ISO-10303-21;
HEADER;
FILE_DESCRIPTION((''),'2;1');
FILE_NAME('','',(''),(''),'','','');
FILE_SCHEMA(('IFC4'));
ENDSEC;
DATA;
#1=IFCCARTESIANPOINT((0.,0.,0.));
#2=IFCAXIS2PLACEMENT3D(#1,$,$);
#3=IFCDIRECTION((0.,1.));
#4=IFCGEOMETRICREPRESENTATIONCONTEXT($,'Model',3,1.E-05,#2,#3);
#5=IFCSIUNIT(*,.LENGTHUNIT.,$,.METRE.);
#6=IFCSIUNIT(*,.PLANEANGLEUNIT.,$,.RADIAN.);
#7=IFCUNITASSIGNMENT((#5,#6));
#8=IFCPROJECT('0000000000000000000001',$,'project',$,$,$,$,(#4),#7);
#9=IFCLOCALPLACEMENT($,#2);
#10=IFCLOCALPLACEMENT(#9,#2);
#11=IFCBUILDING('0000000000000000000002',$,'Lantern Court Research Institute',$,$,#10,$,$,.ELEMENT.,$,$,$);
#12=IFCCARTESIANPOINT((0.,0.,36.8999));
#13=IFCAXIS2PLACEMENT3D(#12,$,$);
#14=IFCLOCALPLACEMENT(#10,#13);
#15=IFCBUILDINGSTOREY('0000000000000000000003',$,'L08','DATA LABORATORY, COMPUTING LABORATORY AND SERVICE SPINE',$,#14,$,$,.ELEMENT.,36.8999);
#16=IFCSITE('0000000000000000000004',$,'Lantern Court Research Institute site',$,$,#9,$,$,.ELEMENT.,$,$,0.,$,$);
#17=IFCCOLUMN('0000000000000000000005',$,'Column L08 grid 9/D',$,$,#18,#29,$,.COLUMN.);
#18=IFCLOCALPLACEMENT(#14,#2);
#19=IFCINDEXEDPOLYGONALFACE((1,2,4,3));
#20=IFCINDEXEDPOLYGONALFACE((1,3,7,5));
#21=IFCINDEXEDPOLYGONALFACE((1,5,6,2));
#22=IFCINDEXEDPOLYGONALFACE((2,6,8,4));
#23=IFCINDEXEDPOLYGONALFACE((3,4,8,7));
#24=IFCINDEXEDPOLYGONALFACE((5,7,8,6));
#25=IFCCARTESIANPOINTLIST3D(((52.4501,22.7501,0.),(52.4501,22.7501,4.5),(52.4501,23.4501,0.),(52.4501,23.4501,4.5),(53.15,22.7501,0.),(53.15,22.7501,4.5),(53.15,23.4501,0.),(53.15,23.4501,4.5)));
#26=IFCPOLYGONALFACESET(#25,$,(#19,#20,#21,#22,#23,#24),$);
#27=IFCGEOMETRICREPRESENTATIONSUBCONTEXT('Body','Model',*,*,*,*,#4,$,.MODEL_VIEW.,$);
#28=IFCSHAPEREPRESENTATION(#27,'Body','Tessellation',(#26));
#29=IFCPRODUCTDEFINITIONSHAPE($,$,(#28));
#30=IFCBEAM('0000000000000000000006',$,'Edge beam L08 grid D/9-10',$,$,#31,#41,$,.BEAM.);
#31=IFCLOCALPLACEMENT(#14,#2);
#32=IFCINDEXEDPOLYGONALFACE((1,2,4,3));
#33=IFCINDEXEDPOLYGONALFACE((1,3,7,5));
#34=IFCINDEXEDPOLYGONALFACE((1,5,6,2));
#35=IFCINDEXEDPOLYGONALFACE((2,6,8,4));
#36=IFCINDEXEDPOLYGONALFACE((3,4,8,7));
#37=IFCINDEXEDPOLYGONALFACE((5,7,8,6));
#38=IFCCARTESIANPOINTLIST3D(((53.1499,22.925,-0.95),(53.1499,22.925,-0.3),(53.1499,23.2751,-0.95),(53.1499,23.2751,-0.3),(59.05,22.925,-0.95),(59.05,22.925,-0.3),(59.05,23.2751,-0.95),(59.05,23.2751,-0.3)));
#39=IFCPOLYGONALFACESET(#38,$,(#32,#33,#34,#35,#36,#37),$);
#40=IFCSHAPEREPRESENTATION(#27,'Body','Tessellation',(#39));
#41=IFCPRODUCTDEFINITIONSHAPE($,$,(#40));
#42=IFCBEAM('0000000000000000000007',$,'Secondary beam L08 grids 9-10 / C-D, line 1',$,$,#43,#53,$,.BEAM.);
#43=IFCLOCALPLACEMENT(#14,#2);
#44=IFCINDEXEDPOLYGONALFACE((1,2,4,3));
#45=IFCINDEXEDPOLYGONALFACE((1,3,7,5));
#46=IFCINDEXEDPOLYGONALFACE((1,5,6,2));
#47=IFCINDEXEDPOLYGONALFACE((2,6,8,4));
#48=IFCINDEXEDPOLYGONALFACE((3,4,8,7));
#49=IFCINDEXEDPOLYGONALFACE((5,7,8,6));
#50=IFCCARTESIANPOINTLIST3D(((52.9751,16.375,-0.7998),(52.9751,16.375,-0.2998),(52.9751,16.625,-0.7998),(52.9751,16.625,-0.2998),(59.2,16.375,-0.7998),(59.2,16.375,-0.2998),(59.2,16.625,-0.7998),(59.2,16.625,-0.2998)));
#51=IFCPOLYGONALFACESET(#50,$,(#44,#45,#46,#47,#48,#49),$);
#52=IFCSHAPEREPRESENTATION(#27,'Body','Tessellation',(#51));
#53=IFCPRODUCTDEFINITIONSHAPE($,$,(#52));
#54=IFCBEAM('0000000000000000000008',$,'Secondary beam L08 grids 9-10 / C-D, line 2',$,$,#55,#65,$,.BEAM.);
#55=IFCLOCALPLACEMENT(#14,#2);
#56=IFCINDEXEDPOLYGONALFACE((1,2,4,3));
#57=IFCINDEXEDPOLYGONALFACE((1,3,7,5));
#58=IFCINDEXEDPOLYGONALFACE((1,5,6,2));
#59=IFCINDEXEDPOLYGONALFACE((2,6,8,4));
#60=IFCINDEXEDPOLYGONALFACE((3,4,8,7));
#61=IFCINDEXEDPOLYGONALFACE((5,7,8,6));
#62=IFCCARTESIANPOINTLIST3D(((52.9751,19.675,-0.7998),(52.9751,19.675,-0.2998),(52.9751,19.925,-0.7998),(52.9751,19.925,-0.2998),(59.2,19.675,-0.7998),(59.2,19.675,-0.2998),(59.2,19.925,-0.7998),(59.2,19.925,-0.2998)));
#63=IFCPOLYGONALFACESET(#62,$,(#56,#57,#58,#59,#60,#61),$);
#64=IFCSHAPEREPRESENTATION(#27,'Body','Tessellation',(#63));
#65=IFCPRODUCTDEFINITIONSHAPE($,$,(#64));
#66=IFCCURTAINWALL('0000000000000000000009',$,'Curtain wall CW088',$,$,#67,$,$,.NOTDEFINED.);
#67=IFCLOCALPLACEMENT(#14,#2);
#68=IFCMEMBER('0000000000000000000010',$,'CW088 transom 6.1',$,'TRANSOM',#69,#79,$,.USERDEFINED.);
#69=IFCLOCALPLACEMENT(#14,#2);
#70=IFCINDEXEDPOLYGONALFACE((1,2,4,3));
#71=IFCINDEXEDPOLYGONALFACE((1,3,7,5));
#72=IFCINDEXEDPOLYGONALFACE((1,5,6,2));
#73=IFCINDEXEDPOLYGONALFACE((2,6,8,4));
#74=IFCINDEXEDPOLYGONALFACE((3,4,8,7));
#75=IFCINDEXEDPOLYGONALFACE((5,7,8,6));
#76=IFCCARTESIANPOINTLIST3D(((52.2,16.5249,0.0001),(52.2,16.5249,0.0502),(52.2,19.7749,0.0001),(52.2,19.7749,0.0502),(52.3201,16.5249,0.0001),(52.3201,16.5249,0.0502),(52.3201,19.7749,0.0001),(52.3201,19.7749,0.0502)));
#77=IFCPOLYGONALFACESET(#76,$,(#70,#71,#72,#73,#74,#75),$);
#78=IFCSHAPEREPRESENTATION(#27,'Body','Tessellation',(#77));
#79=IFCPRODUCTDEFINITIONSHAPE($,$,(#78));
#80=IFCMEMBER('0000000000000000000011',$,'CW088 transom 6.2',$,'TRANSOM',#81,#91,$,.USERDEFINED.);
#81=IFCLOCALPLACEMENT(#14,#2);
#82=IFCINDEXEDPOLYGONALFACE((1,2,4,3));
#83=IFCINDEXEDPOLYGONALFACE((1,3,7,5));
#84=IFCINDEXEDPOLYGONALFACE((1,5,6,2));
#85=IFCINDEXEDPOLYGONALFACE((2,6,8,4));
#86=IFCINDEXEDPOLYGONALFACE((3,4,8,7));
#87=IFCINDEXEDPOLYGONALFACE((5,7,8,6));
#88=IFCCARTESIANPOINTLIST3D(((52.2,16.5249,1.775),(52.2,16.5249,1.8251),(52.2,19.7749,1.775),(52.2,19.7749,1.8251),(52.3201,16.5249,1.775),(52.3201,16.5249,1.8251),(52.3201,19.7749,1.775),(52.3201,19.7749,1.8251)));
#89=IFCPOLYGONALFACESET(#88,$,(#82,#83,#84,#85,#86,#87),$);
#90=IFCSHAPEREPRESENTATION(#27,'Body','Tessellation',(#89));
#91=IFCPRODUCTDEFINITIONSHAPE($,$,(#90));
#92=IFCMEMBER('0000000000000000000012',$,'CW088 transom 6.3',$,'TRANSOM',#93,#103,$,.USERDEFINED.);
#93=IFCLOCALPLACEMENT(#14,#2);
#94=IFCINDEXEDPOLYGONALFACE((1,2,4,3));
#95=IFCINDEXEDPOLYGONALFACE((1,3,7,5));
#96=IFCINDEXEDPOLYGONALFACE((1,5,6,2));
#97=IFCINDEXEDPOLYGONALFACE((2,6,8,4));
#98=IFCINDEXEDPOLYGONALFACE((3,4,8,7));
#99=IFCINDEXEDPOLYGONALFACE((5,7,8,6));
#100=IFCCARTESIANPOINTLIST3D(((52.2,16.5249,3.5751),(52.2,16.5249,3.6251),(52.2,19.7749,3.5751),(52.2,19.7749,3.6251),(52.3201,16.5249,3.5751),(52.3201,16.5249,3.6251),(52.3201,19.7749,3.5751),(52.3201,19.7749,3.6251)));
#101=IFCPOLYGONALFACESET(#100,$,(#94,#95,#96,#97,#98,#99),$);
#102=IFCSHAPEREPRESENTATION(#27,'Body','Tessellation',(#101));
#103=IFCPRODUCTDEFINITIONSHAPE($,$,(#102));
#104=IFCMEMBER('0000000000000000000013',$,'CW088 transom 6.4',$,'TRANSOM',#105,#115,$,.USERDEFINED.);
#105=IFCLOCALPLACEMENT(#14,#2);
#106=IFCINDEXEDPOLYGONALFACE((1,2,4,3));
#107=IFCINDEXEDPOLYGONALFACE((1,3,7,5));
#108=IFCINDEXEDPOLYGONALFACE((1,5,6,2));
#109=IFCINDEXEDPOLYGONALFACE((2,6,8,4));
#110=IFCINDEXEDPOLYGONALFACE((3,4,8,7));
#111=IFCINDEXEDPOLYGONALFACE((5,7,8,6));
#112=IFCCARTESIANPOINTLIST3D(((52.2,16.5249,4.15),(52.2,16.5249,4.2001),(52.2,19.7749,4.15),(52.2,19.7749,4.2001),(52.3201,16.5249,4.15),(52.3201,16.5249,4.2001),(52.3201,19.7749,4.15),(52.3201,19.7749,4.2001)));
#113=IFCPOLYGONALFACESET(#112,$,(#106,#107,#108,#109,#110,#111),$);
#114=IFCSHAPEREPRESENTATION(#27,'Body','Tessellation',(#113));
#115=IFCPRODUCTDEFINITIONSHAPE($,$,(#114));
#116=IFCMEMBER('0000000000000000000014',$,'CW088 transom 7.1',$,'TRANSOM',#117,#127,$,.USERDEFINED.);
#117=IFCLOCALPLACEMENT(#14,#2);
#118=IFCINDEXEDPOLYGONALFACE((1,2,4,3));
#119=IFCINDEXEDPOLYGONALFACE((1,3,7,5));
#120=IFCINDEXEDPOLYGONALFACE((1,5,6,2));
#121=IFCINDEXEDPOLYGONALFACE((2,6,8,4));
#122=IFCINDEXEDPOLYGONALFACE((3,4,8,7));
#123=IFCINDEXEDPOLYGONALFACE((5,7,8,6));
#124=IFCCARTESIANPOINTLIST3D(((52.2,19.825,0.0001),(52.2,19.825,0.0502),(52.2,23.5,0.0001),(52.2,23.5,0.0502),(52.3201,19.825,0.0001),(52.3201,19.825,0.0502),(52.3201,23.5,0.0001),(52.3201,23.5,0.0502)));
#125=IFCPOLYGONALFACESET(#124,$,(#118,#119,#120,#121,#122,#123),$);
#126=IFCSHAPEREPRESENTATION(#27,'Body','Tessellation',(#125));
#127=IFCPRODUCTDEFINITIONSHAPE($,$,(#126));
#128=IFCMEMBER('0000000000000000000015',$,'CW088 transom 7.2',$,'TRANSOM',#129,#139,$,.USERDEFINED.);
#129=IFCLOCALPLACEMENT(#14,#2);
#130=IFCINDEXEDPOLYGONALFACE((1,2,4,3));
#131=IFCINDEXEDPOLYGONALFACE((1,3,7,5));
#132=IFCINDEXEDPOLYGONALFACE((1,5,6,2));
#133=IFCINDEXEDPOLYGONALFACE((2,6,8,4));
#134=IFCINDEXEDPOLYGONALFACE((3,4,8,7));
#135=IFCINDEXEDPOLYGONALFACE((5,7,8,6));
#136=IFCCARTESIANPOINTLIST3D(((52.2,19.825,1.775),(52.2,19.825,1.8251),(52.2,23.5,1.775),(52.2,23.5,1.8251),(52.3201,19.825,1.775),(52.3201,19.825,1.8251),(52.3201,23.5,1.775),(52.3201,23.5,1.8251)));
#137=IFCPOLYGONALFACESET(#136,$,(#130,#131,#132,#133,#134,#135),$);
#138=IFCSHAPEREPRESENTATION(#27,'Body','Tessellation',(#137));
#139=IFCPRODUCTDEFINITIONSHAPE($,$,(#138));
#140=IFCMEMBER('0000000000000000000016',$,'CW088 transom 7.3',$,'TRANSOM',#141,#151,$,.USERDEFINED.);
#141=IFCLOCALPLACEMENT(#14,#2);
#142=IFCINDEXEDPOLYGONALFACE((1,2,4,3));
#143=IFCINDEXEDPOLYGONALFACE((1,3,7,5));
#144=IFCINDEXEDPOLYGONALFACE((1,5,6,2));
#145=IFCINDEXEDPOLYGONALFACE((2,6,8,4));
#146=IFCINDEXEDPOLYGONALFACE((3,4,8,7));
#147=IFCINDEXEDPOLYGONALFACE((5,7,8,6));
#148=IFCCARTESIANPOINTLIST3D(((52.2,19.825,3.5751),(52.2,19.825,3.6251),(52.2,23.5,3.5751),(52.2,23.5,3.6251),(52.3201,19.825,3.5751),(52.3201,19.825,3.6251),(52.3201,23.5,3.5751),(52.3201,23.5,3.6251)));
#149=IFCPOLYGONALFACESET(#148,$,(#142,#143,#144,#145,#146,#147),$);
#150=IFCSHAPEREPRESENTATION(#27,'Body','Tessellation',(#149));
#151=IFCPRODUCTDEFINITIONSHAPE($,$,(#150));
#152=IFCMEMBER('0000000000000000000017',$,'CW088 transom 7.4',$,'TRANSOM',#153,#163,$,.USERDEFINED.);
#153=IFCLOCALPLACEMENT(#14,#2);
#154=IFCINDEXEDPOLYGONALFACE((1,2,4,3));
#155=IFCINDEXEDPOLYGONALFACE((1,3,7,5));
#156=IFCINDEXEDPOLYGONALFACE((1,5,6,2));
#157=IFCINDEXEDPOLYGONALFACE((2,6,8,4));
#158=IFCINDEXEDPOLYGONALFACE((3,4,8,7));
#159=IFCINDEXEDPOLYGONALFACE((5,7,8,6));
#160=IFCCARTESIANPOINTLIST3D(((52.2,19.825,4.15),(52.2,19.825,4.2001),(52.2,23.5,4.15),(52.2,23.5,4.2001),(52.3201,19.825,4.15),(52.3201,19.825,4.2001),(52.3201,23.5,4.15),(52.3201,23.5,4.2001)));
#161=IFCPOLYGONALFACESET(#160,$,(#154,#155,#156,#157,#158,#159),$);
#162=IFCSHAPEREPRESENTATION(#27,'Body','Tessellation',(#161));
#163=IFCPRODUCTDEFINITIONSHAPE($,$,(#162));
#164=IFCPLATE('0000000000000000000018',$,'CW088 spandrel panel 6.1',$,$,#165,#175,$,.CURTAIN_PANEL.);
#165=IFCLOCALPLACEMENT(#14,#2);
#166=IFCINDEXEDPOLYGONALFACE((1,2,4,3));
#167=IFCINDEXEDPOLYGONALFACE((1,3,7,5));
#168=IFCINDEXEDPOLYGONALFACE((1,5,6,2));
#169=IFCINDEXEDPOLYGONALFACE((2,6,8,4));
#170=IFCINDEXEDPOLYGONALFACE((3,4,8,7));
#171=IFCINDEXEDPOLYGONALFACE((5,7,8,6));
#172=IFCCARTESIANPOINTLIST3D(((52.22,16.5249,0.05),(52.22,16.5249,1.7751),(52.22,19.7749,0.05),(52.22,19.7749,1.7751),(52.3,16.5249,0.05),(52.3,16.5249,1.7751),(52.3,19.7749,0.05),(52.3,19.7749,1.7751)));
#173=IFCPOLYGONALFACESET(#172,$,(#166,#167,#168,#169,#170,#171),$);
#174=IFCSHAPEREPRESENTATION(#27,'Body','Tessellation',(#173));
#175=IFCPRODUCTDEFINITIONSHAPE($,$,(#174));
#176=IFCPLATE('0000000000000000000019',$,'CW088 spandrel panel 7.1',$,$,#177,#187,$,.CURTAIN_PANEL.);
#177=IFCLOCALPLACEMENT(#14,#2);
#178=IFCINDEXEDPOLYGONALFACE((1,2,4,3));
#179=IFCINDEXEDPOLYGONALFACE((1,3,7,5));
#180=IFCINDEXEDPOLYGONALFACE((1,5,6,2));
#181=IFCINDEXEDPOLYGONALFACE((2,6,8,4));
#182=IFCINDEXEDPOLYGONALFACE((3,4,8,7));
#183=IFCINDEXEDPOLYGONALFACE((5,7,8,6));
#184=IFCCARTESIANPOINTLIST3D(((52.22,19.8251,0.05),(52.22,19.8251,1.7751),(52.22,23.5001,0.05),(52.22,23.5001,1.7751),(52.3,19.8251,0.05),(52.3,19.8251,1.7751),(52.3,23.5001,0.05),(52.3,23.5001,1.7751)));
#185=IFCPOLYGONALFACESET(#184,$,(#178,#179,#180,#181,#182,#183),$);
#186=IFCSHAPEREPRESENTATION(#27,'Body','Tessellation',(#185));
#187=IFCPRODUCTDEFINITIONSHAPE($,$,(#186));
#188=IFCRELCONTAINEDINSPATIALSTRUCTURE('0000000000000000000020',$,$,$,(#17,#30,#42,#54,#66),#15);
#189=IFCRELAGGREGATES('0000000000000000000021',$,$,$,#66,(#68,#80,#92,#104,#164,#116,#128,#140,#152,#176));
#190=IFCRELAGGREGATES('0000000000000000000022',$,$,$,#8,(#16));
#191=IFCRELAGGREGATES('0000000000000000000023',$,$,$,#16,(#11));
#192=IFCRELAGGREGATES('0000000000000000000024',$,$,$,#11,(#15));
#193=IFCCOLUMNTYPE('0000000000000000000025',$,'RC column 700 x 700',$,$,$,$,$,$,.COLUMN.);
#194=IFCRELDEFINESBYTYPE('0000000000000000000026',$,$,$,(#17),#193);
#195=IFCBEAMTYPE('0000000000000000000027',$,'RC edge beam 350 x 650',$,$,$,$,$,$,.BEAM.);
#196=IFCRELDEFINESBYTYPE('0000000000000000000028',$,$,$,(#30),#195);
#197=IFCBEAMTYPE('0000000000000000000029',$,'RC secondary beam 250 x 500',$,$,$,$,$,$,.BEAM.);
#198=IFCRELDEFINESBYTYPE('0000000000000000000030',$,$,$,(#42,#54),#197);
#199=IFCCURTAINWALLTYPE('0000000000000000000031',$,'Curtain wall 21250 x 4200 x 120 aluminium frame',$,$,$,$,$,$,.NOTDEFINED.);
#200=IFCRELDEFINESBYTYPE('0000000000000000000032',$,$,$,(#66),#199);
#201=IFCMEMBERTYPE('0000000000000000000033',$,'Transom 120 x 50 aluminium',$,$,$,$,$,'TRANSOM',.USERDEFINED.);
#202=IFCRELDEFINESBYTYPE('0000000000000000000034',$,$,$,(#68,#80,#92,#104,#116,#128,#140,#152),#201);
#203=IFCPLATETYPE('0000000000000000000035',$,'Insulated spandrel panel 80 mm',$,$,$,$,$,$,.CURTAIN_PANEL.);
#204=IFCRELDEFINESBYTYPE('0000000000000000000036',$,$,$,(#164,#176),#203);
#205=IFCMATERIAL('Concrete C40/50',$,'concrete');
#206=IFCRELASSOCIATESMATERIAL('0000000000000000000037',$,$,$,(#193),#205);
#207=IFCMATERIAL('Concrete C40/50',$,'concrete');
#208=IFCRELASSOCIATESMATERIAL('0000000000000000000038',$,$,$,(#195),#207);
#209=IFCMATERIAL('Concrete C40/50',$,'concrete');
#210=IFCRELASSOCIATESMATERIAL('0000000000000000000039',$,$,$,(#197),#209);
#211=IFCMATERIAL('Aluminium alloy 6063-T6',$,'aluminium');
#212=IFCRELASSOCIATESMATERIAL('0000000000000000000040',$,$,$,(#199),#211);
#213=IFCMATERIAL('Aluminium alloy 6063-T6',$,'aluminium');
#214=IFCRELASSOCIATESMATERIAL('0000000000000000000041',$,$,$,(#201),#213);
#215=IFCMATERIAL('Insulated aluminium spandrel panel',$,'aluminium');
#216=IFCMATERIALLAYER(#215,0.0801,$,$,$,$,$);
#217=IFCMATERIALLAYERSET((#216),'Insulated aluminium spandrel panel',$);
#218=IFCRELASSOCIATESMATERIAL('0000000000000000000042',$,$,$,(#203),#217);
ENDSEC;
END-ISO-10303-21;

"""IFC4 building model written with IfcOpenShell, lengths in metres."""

from ifc_helpers import new_model, si_unit, direction, frame, origin, origin_2d, place, context, subcontext, project, spatial, rectangle, extrude, material, layer, layer_set, material_profile, profile_set, type_object, element, aggregate, save


model = new_model("IFC4")

# Units and contexts
model_context = context("Model", 3, precision=1e-05, world=origin(), true_north=direction((0.0, 1.0)))
body_context = subcontext(model_context, "Body", "Model", "MODEL_VIEW")
ifc_project = project(units=[si_unit("LENGTHUNIT", "METRE"), si_unit("PLANEANGLEUNIT", "RADIAN")], contexts=[model_context])

# Site, building, storey
site_placement = place(None, origin())
site = spatial("IfcSite", under=ifc_project, at=site_placement, Name="Lantern Court Research Institute site", CompositionType="ELEMENT", RefElevation=0.0)
building_placement = place(site_placement, origin())
building = spatial("IfcBuilding", under=site, at=building_placement, Name="Lantern Court Research Institute", CompositionType="ELEMENT")
storey_placement = place(building_placement, frame((0.0, 0.0, 36.8999)))
storey = spatial("IfcBuildingStorey", under=building, at=storey_placement, Name="L08", Description="DATA LABORATORY, COMPUTING LABORATORY AND SERVICE SPINE", CompositionType="ELEMENT", Elevation=36.8999)

# Column
ifc_material_1 = material(Name="Concrete C40/50", Category="concrete")
ifc_material_profile_1 = material_profile(ifc_material_1, rectangle(XDim=0.7, YDim=0.7, at=origin_2d()), Name="RC column 700 x 700")
ifc_profile_set_1 = profile_set([ifc_material_profile_1], Name="Concrete C40/50")
column_type = type_object("IfcColumnType", Name="RC column 700 x 700", PredefinedType="COLUMN", material=ifc_profile_set_1)
column_placement = place(storey_placement, frame((52.8, 23.1001, 0.0), z_axis=(0.0, 0.0, 1.0), x_axis=(1.0, 0.0, 0.0)))
element("IfcColumn", 1, at=column_placement, inside=storey, type_object=column_type, Name="Column L08 grid 9/D", PredefinedType="COLUMN", context=body_context, shape_type="SweptSolid", body=[
    extrude(rectangle(XDim=0.7, YDim=0.7, at=origin_2d()), origin(), (0.0, 0.0, 1.0), 4.5),
])

# Beams
ifc_material_2 = material(Name="Concrete C40/50", Category="concrete")
ifc_material_profile_2 = material_profile(ifc_material_2, rectangle(XDim=0.3501, YDim=0.6499, at=origin_2d()), Name="RC beam 350 x 650")
ifc_profile_set_2 = profile_set([ifc_material_profile_2], Name="Concrete C40/50")
beam_type_1 = type_object("IfcBeamType", Name="RC edge beam 350 x 650", PredefinedType="BEAM", material=ifc_profile_set_2)
beam_placement = place(storey_placement, frame((53.1499, 23.1001, -0.625), z_axis=(1.0, 0.0, 0.0), x_axis=(0.0, 1.0, 0.0)))
element("IfcBeam", 2, at=beam_placement, inside=storey, type_object=beam_type_1, Name="Edge beam L08 grid D/9-10", PredefinedType="BEAM", context=body_context, shape_type="SweptSolid", body=[
    extrude(rectangle(XDim=0.3501, YDim=0.6499, at=origin_2d()), origin(), (0.0, 0.0, 1.0), 5.9001),
])
ifc_material_3 = material(Name="Concrete C40/50", Category="concrete")
ifc_material_profile_3 = material_profile(ifc_material_3, rectangle(XDim=0.25, YDim=0.5, at=origin_2d()), Name="RC beam 250 x 500")
ifc_profile_set_3 = profile_set([ifc_material_profile_3], Name="Concrete C40/50")
beam_type_2 = type_object("IfcBeamType", Name="RC secondary beam 250 x 500", PredefinedType="BEAM", material=ifc_profile_set_3)
for number, where, z_axis, x_axis, name in (
    (3, (52.9751, 16.5, -0.5498), (1.0, 0.0, 0.0), (0.0, 1.0, 0.0), "Secondary beam L08 grids 9-10 / C-D, line 1"),
    (4, (52.9751, 19.8, -0.5498), (1.0, 0.0, 0.0), (0.0, 1.0, 0.0), "Secondary beam L08 grids 9-10 / C-D, line 2"),
):
    element("IfcBeam", number, at=place(storey_placement, frame(where, z_axis=z_axis, x_axis=x_axis)), inside=storey, type_object=beam_type_2, Name=name, PredefinedType="BEAM", context=body_context, shape_type="SweptSolid", body=[
        extrude(rectangle(XDim=0.25, YDim=0.5, at=origin_2d()), origin(), (0.0, 0.0, 1.0), 6.2249),
    ])

# Curtain wall, members, plates
ifc_material_4 = material(Name="Aluminium alloy 6063-T6", Category="aluminium")
curtain_wall_type = type_object("IfcCurtainWallType", Name="Curtain wall 21250 x 4200 x 120 aluminium frame", PredefinedType="NOTDEFINED", material=ifc_material_4)
curtain_wall_placement = place(storey_placement, origin())
curtain_wall = element("IfcCurtainWall", 5, at=curtain_wall_placement, inside=storey, type_object=curtain_wall_type, Name="Curtain wall CW088", PredefinedType="NOTDEFINED")
ifc_material_5 = material(Name="Aluminium alloy 6063-T6", Category="aluminium")
ifc_material_profile_4 = material_profile(ifc_material_5, rectangle(XDim=0.1201, YDim=0.05, at=origin_2d()), Name="Transom 120 x 50")
ifc_profile_set_4 = profile_set([ifc_material_profile_4], Name="Aluminium alloy 6063-T6")
member_type = type_object("IfcMemberType", Name="Transom 120 x 50 aluminium", ElementType="TRANSOM", PredefinedType="USERDEFINED", material=ifc_profile_set_4)
member_1_placement = place(storey_placement, frame((52.26, 16.5249, 0.0251), z_axis=(0.0, 1.0, 0.0), x_axis=(-1.0, 0.0, 0.0)))
member_1 = element("IfcMember", 6, at=member_1_placement, type_object=member_type, Name="CW088 transom 6.1", ObjectType="TRANSOM", PredefinedType="USERDEFINED", context=body_context, shape_type="SweptSolid", body=[
    extrude(rectangle(XDim=0.1201, YDim=0.05, at=origin_2d()), origin(), (0.0, 0.0, 1.0), 3.25),
])
member_2_placement = place(storey_placement, frame((52.26, 16.5249, 1.8), z_axis=(0.0, 1.0, 0.0), x_axis=(-1.0, 0.0, 0.0)))
member_2 = element("IfcMember", 7, at=member_2_placement, type_object=member_type, Name="CW088 transom 6.2", ObjectType="TRANSOM", PredefinedType="USERDEFINED", context=body_context, shape_type="SweptSolid", body=[
    extrude(rectangle(XDim=0.1201, YDim=0.05, at=origin_2d()), origin(), (0.0, 0.0, 1.0), 3.25),
])
member_3_placement = place(storey_placement, frame((52.26, 16.5249, 3.6001), z_axis=(0.0, 1.0, 0.0), x_axis=(-1.0, 0.0, 0.0)))
member_3 = element("IfcMember", 8, at=member_3_placement, type_object=member_type, Name="CW088 transom 6.3", ObjectType="TRANSOM", PredefinedType="USERDEFINED", context=body_context, shape_type="SweptSolid", body=[
    extrude(rectangle(XDim=0.1201, YDim=0.05, at=origin_2d()), origin(), (0.0, 0.0, 1.0), 3.25),
])
member_4_placement = place(storey_placement, frame((52.26, 16.5249, 4.175), z_axis=(0.0, 1.0, 0.0), x_axis=(-1.0, 0.0, 0.0)))
member_4 = element("IfcMember", 9, at=member_4_placement, type_object=member_type, Name="CW088 transom 6.4", ObjectType="TRANSOM", PredefinedType="USERDEFINED", context=body_context, shape_type="SweptSolid", body=[
    extrude(rectangle(XDim=0.1201, YDim=0.05, at=origin_2d()), origin(), (0.0, 0.0, 1.0), 3.25),
])
member_5_placement = place(storey_placement, frame((52.26, 19.825, 0.0251), z_axis=(0.0, 1.0, 0.0), x_axis=(-1.0, 0.0, 0.0)))
member_5 = element("IfcMember", 10, at=member_5_placement, type_object=member_type, Name="CW088 transom 7.1", ObjectType="TRANSOM", PredefinedType="USERDEFINED", context=body_context, shape_type="SweptSolid", body=[
    extrude(rectangle(XDim=0.1201, YDim=0.05, at=origin_2d()), origin(), (0.0, 0.0, 1.0), 3.675),
])
member_6_placement = place(storey_placement, frame((52.26, 19.825, 1.8), z_axis=(0.0, 1.0, 0.0), x_axis=(-1.0, 0.0, 0.0)))
member_6 = element("IfcMember", 11, at=member_6_placement, type_object=member_type, Name="CW088 transom 7.2", ObjectType="TRANSOM", PredefinedType="USERDEFINED", context=body_context, shape_type="SweptSolid", body=[
    extrude(rectangle(XDim=0.1201, YDim=0.05, at=origin_2d()), origin(), (0.0, 0.0, 1.0), 3.675),
])
member_7_placement = place(storey_placement, frame((52.26, 19.825, 3.6001), z_axis=(0.0, 1.0, 0.0), x_axis=(-1.0, 0.0, 0.0)))
member_7 = element("IfcMember", 12, at=member_7_placement, type_object=member_type, Name="CW088 transom 7.3", ObjectType="TRANSOM", PredefinedType="USERDEFINED", context=body_context, shape_type="SweptSolid", body=[
    extrude(rectangle(XDim=0.1201, YDim=0.05, at=origin_2d()), origin(), (0.0, 0.0, 1.0), 3.675),
])
member_8_placement = place(storey_placement, frame((52.26, 19.825, 4.175), z_axis=(0.0, 1.0, 0.0), x_axis=(-1.0, 0.0, 0.0)))
member_8 = element("IfcMember", 13, at=member_8_placement, type_object=member_type, Name="CW088 transom 7.4", ObjectType="TRANSOM", PredefinedType="USERDEFINED", context=body_context, shape_type="SweptSolid", body=[
    extrude(rectangle(XDim=0.1201, YDim=0.05, at=origin_2d()), origin(), (0.0, 0.0, 1.0), 3.675),
])
ifc_material_6 = material(Name="Insulated aluminium spandrel panel", Category="aluminium")
ifc_layer_1 = layer(ifc_material_6, 0.0801)
ifc_layer_set_1 = layer_set([ifc_layer_1], Name="Insulated aluminium spandrel panel")
plate_type_1 = type_object("IfcPlateType", Name="Insulated spandrel panel 80 mm", PredefinedType="CURTAIN_PANEL", material=ifc_layer_set_1)
plate_1_placement = place(storey_placement, frame((52.26, 18.1499, 0.05), z_axis=(0.0, 0.0, 1.0), x_axis=(0.0, 1.0, 0.0)))
plate_1 = element("IfcPlate", 14, at=plate_1_placement, type_object=plate_type_1, Name="CW088 spandrel panel 6.1", PredefinedType="CURTAIN_PANEL", context=body_context, shape_type="SweptSolid", body=[
    extrude(rectangle(XDim=3.25, YDim=0.0801, at=origin_2d()), origin(), (0.0, 0.0, 1.0), 1.7251),
])
plate_2_placement = place(storey_placement, frame((52.26, 21.6626, 0.05), z_axis=(0.0, 0.0, 1.0), x_axis=(0.0, 1.0, 0.0)))
plate_2 = element("IfcPlate", 15, at=plate_2_placement, type_object=plate_type_1, Name="CW088 spandrel panel 7.1", PredefinedType="CURTAIN_PANEL", context=body_context, shape_type="SweptSolid", body=[
    extrude(rectangle(XDim=3.675, YDim=0.0801, at=origin_2d()), origin(), (0.0, 0.0, 1.0), 1.7251),
])
aggregate(curtain_wall, [member_1, member_2, member_3, member_4, plate_1, member_5, member_6, member_7, member_8, plate_2])

save(model, "model.ifc")
